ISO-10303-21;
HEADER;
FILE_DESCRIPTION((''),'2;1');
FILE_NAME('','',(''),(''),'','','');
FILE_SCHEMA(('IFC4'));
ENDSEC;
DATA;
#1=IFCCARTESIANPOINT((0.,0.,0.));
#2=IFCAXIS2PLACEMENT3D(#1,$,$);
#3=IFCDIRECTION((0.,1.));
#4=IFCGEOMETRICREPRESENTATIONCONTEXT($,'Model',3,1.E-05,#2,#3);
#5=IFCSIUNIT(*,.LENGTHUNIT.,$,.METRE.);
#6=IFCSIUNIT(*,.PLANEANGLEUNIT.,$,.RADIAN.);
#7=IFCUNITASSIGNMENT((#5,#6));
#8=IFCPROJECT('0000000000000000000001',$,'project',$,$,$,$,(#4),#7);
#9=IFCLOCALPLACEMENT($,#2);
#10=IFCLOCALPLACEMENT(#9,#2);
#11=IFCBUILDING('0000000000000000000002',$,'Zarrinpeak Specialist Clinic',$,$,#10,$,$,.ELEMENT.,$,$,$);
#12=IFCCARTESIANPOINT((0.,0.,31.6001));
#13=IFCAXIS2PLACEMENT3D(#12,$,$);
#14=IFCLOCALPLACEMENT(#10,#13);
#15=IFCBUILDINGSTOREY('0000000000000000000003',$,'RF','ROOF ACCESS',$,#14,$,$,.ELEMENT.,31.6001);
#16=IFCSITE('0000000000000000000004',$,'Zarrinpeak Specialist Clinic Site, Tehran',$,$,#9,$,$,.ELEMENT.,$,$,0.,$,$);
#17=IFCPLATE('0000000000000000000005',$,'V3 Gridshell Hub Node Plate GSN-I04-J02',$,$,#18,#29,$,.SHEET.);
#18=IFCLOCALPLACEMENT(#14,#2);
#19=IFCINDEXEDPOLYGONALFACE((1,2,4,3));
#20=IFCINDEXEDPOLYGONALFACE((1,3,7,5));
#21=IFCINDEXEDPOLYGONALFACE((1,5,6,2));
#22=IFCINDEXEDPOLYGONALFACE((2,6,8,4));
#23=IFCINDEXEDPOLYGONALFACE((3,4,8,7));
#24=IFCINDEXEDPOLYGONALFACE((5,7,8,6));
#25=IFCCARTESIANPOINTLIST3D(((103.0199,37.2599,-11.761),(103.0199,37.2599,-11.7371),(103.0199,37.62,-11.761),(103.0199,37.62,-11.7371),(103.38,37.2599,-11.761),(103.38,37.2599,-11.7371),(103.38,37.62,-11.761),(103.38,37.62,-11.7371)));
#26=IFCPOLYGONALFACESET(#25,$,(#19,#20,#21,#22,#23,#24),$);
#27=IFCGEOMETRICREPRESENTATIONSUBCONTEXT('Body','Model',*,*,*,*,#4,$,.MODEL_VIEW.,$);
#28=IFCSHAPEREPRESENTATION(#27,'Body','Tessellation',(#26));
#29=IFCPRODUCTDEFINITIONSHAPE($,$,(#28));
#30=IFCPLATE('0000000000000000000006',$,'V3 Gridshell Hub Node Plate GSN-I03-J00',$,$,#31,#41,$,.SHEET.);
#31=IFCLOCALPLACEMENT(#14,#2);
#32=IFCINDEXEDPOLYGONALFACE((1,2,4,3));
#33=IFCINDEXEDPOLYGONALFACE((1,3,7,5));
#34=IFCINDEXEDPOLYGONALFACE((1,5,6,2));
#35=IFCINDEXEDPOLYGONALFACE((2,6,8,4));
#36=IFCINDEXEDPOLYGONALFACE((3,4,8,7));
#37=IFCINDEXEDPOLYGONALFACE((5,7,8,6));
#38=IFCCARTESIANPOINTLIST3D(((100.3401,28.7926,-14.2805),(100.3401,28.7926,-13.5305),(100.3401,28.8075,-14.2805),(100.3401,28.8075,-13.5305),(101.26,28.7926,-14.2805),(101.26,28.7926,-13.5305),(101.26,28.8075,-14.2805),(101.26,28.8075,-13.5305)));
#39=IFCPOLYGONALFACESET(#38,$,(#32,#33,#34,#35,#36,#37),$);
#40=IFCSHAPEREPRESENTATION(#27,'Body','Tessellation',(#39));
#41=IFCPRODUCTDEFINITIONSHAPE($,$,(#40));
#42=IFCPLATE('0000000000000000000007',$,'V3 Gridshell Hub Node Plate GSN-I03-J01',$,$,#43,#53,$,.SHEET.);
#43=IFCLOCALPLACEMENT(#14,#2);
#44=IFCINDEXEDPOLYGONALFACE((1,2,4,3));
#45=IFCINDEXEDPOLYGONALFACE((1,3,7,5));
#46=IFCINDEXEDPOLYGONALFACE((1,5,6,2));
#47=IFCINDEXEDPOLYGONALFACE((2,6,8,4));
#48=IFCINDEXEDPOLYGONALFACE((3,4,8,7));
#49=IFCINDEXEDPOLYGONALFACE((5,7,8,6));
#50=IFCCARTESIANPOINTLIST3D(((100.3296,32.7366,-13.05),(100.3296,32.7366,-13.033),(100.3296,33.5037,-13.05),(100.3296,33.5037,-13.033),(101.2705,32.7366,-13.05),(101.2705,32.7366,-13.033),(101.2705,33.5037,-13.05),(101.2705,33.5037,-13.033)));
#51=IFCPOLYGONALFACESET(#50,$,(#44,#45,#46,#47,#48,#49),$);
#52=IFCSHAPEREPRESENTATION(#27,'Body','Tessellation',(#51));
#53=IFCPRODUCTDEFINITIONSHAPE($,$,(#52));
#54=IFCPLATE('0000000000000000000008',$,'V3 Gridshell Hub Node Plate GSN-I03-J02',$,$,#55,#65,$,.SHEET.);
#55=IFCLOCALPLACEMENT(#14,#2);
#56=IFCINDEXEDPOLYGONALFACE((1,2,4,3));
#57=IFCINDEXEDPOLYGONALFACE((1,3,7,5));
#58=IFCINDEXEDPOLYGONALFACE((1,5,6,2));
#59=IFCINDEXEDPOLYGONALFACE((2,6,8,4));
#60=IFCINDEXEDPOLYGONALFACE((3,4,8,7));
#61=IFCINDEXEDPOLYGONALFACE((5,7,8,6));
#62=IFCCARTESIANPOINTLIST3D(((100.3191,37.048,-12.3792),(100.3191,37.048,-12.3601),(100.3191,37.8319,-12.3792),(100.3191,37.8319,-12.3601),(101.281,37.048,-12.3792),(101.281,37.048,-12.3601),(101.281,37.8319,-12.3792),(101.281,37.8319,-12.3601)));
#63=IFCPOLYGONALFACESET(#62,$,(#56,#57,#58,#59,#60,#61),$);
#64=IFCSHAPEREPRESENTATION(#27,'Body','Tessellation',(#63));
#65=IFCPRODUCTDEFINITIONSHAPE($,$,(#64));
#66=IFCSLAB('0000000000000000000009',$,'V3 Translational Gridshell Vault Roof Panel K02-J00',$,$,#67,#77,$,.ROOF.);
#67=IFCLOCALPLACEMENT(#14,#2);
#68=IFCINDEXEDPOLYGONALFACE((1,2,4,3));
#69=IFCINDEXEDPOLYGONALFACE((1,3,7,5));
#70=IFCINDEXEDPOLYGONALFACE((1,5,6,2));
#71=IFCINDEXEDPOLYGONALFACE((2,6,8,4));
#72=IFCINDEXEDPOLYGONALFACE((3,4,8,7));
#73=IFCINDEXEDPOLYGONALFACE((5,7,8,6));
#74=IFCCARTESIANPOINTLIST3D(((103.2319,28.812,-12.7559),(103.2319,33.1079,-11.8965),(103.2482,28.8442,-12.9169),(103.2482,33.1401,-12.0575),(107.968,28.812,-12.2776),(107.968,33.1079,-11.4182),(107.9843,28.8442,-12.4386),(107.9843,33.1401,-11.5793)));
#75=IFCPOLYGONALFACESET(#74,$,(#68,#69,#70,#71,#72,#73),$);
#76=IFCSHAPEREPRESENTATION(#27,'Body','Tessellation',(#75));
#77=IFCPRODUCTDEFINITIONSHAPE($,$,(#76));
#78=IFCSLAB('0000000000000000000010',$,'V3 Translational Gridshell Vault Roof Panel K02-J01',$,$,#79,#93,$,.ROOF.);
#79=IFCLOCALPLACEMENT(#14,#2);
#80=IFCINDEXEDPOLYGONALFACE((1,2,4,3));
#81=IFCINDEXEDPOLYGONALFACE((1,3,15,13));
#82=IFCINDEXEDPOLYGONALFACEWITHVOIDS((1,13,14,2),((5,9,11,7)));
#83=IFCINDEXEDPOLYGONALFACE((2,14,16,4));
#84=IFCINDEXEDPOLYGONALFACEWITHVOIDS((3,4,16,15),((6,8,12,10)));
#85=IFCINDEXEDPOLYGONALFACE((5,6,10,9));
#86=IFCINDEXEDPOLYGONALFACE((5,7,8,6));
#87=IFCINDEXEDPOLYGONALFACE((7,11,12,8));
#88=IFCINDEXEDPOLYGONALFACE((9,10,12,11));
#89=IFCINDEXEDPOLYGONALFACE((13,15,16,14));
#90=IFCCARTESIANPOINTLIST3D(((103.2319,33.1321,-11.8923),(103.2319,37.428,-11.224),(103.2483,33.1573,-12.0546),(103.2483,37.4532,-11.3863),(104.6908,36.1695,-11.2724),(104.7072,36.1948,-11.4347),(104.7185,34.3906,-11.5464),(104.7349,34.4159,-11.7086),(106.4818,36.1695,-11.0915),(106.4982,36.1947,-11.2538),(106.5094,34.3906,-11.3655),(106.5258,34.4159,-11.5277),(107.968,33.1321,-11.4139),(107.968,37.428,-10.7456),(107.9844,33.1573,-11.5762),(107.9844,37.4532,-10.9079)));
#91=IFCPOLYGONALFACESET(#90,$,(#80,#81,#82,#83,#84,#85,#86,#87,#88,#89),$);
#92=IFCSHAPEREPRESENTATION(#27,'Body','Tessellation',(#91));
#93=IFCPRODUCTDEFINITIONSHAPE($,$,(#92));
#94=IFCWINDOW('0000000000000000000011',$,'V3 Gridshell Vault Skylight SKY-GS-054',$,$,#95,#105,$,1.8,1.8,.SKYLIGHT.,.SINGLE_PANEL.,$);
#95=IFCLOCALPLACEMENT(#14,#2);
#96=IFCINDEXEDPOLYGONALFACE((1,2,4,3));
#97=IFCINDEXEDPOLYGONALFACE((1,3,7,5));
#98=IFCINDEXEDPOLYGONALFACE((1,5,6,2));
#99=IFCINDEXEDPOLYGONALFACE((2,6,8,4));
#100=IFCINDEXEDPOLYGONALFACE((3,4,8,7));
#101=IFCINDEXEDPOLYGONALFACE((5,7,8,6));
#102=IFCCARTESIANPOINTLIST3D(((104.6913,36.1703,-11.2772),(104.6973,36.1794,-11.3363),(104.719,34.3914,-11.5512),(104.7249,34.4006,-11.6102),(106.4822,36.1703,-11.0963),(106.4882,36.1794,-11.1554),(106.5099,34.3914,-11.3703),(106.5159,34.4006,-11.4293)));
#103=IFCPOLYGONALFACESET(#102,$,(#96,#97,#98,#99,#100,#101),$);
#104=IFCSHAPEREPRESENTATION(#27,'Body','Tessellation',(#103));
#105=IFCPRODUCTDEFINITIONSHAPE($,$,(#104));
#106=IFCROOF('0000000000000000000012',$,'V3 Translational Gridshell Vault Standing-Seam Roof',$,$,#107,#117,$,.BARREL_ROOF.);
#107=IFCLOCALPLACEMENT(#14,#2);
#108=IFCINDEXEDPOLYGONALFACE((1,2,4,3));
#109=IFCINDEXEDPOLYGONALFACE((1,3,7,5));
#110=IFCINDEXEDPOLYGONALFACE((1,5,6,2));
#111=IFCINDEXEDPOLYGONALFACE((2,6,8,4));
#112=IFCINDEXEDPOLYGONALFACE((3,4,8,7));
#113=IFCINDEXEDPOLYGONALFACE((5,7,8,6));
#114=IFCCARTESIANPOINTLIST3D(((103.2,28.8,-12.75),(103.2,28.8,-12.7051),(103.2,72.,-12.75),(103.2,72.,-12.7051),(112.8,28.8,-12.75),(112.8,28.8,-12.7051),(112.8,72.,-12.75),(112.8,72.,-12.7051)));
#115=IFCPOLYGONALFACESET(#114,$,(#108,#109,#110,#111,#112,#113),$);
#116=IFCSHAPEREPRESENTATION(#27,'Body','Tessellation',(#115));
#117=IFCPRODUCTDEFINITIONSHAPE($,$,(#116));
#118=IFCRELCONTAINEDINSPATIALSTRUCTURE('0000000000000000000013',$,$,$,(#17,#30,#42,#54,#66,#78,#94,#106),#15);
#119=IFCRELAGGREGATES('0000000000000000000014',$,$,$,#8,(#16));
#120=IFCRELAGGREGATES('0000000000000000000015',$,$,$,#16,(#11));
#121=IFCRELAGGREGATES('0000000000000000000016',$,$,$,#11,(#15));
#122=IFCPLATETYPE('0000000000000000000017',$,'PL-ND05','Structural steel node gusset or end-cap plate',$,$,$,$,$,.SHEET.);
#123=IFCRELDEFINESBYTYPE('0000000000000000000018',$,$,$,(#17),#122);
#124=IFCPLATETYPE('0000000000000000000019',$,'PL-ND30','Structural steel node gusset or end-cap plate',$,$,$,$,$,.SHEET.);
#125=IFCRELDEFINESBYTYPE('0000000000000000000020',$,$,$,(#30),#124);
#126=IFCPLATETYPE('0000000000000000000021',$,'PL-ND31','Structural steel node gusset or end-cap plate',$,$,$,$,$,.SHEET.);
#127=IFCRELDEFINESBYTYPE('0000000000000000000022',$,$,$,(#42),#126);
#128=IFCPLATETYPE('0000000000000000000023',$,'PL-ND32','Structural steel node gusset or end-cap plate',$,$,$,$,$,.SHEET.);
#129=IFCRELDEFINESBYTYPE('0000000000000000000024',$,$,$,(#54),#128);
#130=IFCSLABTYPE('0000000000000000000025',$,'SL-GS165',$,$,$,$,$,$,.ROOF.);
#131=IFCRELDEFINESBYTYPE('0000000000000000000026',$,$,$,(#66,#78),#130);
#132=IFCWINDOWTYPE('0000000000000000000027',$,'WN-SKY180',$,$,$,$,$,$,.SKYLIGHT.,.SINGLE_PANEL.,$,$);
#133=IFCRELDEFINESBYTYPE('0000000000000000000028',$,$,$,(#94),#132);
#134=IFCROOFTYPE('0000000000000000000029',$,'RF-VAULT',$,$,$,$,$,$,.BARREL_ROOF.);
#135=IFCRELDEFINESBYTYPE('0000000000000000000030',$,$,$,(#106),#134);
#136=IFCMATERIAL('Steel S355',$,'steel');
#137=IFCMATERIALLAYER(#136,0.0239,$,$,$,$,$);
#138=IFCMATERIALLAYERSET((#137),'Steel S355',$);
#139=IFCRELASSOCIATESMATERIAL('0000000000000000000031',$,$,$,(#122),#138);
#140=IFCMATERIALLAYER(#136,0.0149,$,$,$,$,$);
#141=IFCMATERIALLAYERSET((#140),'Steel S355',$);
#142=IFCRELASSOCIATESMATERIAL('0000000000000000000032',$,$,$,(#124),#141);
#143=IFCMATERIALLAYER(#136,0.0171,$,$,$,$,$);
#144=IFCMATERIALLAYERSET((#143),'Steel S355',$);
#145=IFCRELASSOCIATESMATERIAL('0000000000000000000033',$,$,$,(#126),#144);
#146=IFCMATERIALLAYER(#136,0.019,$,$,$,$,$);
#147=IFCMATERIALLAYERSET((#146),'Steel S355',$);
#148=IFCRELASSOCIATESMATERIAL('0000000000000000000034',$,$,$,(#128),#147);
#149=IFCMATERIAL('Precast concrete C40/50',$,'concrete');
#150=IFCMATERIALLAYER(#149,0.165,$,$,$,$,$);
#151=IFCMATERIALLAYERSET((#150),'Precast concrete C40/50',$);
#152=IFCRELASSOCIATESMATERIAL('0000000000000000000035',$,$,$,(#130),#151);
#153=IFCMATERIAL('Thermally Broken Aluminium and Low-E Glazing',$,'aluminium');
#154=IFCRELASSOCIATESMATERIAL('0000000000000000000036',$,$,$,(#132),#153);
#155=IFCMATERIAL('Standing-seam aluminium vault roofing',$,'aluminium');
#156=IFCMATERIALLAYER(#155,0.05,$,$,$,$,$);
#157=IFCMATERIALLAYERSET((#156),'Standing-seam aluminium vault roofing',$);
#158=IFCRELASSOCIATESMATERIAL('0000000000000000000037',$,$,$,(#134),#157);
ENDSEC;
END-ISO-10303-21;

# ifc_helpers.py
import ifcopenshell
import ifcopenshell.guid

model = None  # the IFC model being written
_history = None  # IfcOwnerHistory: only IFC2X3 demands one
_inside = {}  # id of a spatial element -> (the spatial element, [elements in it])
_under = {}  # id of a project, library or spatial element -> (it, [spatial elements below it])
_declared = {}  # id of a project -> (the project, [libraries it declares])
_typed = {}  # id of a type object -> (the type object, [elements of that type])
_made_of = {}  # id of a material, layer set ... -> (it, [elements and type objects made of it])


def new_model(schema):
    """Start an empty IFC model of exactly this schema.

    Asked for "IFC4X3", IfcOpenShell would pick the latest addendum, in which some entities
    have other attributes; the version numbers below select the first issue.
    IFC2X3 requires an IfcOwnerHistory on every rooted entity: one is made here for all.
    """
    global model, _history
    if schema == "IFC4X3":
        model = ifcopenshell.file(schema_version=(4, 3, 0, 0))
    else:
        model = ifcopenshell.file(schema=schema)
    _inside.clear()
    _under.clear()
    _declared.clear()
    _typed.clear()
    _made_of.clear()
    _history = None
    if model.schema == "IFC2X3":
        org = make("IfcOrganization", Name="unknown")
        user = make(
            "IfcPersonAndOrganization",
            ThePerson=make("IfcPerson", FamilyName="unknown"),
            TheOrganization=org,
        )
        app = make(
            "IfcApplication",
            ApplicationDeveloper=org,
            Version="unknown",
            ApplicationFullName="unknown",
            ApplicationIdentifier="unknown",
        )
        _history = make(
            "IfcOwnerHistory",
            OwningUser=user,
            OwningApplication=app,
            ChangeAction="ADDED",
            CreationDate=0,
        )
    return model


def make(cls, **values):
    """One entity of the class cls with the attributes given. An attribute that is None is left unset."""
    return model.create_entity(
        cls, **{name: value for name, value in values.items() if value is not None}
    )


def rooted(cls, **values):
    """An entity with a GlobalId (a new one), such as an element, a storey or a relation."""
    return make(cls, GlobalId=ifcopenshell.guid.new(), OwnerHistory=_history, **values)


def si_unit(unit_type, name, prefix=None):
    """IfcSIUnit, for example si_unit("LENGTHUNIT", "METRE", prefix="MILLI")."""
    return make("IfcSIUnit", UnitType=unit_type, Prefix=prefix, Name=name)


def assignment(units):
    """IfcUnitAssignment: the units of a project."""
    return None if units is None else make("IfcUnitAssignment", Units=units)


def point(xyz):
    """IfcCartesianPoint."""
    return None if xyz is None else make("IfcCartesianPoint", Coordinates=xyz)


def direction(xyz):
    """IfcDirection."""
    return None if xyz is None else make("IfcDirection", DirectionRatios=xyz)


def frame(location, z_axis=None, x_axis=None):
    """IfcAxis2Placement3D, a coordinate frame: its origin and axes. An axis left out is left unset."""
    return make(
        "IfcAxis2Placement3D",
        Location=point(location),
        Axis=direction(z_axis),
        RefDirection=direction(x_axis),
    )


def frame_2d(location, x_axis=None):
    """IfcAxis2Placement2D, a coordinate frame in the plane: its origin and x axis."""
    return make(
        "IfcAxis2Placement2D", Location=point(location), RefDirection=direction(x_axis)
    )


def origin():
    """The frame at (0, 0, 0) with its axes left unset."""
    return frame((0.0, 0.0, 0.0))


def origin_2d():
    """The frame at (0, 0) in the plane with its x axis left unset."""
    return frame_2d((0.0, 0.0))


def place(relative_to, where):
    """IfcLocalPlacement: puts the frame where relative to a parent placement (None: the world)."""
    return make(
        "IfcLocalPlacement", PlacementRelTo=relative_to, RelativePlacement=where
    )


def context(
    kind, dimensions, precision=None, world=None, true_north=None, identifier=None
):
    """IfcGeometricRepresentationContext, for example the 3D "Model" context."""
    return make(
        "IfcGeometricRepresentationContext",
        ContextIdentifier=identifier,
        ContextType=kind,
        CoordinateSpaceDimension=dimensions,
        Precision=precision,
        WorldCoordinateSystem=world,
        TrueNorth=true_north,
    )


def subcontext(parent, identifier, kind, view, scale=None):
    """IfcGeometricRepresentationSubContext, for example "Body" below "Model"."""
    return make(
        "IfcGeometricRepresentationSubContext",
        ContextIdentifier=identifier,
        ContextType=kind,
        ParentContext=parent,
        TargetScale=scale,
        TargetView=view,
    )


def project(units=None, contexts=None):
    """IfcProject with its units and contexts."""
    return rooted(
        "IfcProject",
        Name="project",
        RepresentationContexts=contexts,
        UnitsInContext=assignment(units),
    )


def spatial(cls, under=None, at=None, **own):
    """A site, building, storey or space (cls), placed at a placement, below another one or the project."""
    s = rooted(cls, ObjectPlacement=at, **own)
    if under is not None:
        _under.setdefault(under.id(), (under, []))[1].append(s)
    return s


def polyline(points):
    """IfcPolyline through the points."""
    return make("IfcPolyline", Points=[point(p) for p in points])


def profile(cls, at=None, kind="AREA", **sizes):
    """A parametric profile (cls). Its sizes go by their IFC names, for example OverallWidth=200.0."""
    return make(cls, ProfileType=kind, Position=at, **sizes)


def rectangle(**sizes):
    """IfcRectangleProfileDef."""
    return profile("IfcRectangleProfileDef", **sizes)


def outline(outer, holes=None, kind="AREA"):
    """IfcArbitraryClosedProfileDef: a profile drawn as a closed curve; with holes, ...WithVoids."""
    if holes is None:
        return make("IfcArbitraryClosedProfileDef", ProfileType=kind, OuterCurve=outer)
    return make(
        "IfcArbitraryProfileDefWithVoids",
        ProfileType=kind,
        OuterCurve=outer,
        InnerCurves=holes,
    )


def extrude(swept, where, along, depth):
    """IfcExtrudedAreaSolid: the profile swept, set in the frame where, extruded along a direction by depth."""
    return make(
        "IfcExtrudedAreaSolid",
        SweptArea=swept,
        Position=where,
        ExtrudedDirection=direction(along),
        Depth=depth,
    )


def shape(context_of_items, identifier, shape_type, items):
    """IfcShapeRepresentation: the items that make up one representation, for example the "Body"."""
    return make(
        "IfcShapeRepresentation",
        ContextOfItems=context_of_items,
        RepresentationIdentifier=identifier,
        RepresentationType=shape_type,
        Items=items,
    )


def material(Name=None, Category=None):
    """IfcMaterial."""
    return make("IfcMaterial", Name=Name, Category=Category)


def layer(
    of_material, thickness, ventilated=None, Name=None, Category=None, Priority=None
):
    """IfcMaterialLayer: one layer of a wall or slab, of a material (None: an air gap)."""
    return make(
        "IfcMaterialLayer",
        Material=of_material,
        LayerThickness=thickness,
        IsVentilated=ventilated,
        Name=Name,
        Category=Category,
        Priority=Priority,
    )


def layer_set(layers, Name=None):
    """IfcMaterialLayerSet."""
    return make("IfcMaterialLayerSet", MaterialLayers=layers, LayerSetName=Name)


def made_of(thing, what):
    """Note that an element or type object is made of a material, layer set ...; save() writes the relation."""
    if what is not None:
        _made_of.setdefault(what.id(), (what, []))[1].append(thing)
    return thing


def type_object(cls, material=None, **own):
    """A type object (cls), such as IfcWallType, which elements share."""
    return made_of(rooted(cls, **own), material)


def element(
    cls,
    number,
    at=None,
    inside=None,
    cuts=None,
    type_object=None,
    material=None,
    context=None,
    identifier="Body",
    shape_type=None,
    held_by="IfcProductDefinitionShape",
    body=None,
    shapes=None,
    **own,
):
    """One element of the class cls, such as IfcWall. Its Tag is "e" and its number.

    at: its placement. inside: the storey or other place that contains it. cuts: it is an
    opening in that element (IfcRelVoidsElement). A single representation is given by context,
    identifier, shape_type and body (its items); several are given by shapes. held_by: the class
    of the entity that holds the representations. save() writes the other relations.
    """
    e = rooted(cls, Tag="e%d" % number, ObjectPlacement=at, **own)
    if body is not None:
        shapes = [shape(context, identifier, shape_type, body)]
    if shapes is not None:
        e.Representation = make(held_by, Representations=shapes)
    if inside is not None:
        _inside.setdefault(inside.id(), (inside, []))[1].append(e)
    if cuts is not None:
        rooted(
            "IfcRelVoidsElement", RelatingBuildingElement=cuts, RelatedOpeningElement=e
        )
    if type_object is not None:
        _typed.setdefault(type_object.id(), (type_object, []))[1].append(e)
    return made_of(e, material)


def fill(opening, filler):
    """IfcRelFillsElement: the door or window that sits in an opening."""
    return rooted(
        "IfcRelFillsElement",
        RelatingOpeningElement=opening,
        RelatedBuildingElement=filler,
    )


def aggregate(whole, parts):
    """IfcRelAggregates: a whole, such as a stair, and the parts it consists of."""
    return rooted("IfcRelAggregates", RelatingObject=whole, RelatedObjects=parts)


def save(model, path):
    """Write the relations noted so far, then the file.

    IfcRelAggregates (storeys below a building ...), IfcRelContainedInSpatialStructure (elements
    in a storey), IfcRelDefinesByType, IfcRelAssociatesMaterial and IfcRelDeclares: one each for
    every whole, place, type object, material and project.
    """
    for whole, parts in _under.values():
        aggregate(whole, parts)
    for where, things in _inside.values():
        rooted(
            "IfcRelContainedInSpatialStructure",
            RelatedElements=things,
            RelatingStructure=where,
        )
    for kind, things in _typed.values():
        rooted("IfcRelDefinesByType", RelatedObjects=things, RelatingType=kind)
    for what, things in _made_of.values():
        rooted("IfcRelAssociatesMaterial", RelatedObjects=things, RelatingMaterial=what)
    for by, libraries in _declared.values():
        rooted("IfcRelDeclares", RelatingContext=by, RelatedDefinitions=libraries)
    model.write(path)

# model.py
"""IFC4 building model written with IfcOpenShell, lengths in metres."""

from ifc_helpers import new_model, si_unit, direction, frame, origin, origin_2d, place, context, subcontext, project, spatial, polyline, rectangle, outline, extrude, material, layer, layer_set, type_object, element, fill, save


model = new_model("IFC4")

# Units and contexts
model_context = context("Model", 3, precision=1e-05, world=origin(), true_north=direction((0.0, 1.0)))
body_context = subcontext(model_context, "Body", "Model", "MODEL_VIEW")
ifc_project = project(units=[si_unit("LENGTHUNIT", "METRE"), si_unit("PLANEANGLEUNIT", "RADIAN")], contexts=[model_context])

# Site, building, storey
site_placement = place(None, origin())
site = spatial("IfcSite", under=ifc_project, at=site_placement, Name="Zarrinpeak Specialist Clinic Site, Tehran", CompositionType="ELEMENT", RefElevation=0.0)
building_placement = place(site_placement, origin())
building = spatial("IfcBuilding", under=site, at=building_placement, Name="Zarrinpeak Specialist Clinic", CompositionType="ELEMENT")
storey_placement = place(building_placement, frame((0.0, 0.0, 31.6001)))
storey = spatial("IfcBuildingStorey", under=building, at=storey_placement, Name="RF", Description="ROOF ACCESS", CompositionType="ELEMENT", Elevation=31.6001)

# Shared definitions
ifc_material_1 = material(Name="Steel S355", Category="steel")

# Plates
ifc_layer_1 = layer(ifc_material_1, 0.0239)
ifc_layer_set_1 = layer_set([ifc_layer_1], Name="Steel S355")
plate_type_1 = type_object("IfcPlateType", Name="PL-ND05", Description="Structural steel node gusset or end-cap plate", PredefinedType="SHEET", material=ifc_layer_set_1)
plate_1_placement = place(storey_placement, frame((103.2, 37.4399, -11.761), z_axis=(0.0, 0.0, 1.0), x_axis=(1.0, 0.0, 0.0)))
element("IfcPlate", 1, at=plate_1_placement, inside=storey, type_object=plate_type_1, Name="V3 Gridshell Hub Node Plate GSN-I04-J02", PredefinedType="SHEET", context=body_context, shape_type="SweptSolid", body=[
    extrude(rectangle(XDim=0.3601, YDim=0.3601, at=origin_2d()), origin(), (0.0, 0.0, 1.0), 0.0239),
])
ifc_layer_2 = layer(ifc_material_1, 0.0149)
ifc_layer_set_2 = layer_set([ifc_layer_2], Name="Steel S355")
plate_type_2 = type_object("IfcPlateType", Name="PL-ND30", Description="Structural steel node gusset or end-cap plate", PredefinedType="SHEET", material=ifc_layer_set_2)
plate_2_placement = place(storey_placement, frame((100.8, 28.8, -14.2805), z_axis=(0.0, 0.0, 1.0), x_axis=(1.0, 0.0, 0.0)))
element("IfcPlate", 2, at=plate_2_placement, inside=storey, type_object=plate_type_2, Name="V3 Gridshell Hub Node Plate GSN-I03-J00", PredefinedType="SHEET", context=body_context, shape_type="SweptSolid", body=[
    extrude(rectangle(XDim=0.9199, YDim=0.0149, at=origin_2d()), origin(), (0.0, 0.0, 1.0), 0.75),
])
ifc_layer_3 = layer(ifc_material_1, 0.0171)
ifc_layer_set_3 = layer_set([ifc_layer_3], Name="Steel S355")
plate_type_3 = type_object("IfcPlateType", Name="PL-ND31", Description="Structural steel node gusset or end-cap plate", PredefinedType="SHEET", material=ifc_layer_set_3)
plate_3_placement = place(storey_placement, frame((100.8, 33.1201, -13.05), z_axis=(0.0, 0.0, 1.0), x_axis=(1.0, 0.0, 0.0)))
element("IfcPlate", 3, at=plate_3_placement, inside=storey, type_object=plate_type_3, Name="V3 Gridshell Hub Node Plate GSN-I03-J01", PredefinedType="SHEET", context=body_context, shape_type="SweptSolid", body=[
    extrude(rectangle(XDim=0.9409, YDim=0.7671, at=origin_2d()), origin(), (0.0, 0.0, 1.0), 0.0171),
])
ifc_layer_4 = layer(ifc_material_1, 0.019)
ifc_layer_set_4 = layer_set([ifc_layer_4], Name="Steel S355")
plate_type_4 = type_object("IfcPlateType", Name="PL-ND32", Description="Structural steel node gusset or end-cap plate", PredefinedType="SHEET", material=ifc_layer_set_4)
plate_4_placement = place(storey_placement, frame((100.8, 37.4399, -12.3792), z_axis=(0.0, 0.0, 1.0), x_axis=(1.0, 0.0, 0.0)))
element("IfcPlate", 4, at=plate_4_placement, inside=storey, type_object=plate_type_4, Name="V3 Gridshell Hub Node Plate GSN-I03-J02", PredefinedType="SHEET", context=body_context, shape_type="SweptSolid", body=[
    extrude(rectangle(XDim=0.9619, YDim=0.7839, at=origin_2d()), origin(), (0.0, 0.0, 1.0), 0.019),
])

# Slab
ifc_material_2 = material(Name="Precast concrete C40/50", Category="concrete")
ifc_layer_5 = layer(ifc_material_2, 0.165)
ifc_layer_set_5 = layer_set([ifc_layer_5], Name="Precast concrete C40/50")
slab_type = type_object("IfcSlabType", Name="SL-GS165", PredefinedType="ROOF", material=ifc_layer_set_5)
slab_1_placement = place(storey_placement, frame((103.2319, 28.812, -12.7559), z_axis=(-0.098541, -0.195204, 0.9758), x_axis=(0.99494, 0.0, 0.100474)))
element("IfcSlab", 5, at=slab_1_placement, inside=storey, type_object=slab_type, Name="V3 Translational Gridshell Vault Roof Panel K02-J00", PredefinedType="ROOF", context=body_context, shape_type="SweptSolid", body=[
    extrude(outline(polyline([(0.0, 0.0), (4.7602, 0.0), (4.8465, 4.3802), (0.0863, 4.3802), (0.0, 0.0)])), origin(), (0.0, 0.0, -1.0), 0.165),
])

# Slab, opening, window
slab_2_placement = place(storey_placement, frame((103.2319, 33.1321, -11.8923), z_axis=(-0.099316, -0.152966, 0.983228), x_axis=(0.994937, -0.000004, 0.100498)))
slab_2 = element("IfcSlab", 6, at=slab_2_placement, inside=storey, type_object=slab_type, Name="V3 Translational Gridshell Vault Roof Panel K02-J01", PredefinedType="ROOF", context=body_context, shape_type="SweptSolid", body=[
    extrude(outline(polyline([(0.0, 0.0), (4.7602, 0.0), (4.8273, 4.3471), (0.0671, 4.347), (0.0, 0.0)])), origin(), (0.0, 0.0, -1.0), 0.165),
])
opening_placement = place(slab_2_placement, frame((2.4138, 2.1736, 0.0)))
opening = element("IfcOpeningElement", 7, at=opening_placement, cuts=slab_2, PredefinedType="OPENING", context=body_context, shape_type="SweptSolid", body=[
    extrude(rectangle(XDim=1.8, YDim=1.8, at=origin_2d()), frame((0.0, 0.0, 0.01), z_axis=(0.0, 0.0, 1.0), x_axis=(1.0, 0.0, 0.0)), (0.0, 0.0, -1.0), 0.1851),
])
ifc_material_3 = material(Name="Thermally Broken Aluminium and Low-E Glazing", Category="aluminium")
window_type = type_object("IfcWindowType", Name="WN-SKY180", PartitioningType="SINGLE_PANEL", PredefinedType="SKYLIGHT", material=ifc_material_3)
window_placement = place(opening_placement, frame((0.0, 0.0, -0.0049)))
window = element("IfcWindow", 8, at=window_placement, inside=storey, type_object=window_type, Name="V3 Gridshell Vault Skylight SKY-GS-054", OverallHeight=1.8, OverallWidth=1.8, PartitioningType="SINGLE_PANEL", PredefinedType="SKYLIGHT", context=body_context, shape_type="SweptSolid", body=[
    extrude(rectangle(XDim=1.8, YDim=1.8, at=origin_2d()), origin(), (0.0, 0.0, -1.0), 0.0601),
])
fill(opening, window)

# Roof
ifc_material_4 = material(Name="Standing-seam aluminium vault roofing", Category="aluminium")
ifc_layer_6 = layer(ifc_material_4, 0.05)
ifc_layer_set_6 = layer_set([ifc_layer_6], Name="Standing-seam aluminium vault roofing")
roof_type = type_object("IfcRoofType", Name="RF-VAULT", PredefinedType="BARREL_ROOF", material=ifc_layer_set_6)
roof_placement = place(storey_placement, frame((103.2, 28.8, -12.7051), z_axis=(0.0, 0.0, 1.0), x_axis=(1.0, 0.0, 0.0)))
element("IfcRoof", 9, at=roof_placement, inside=storey, type_object=roof_type, Name="V3 Translational Gridshell Vault Standing-Seam Roof", PredefinedType="BARREL_ROOF", context=body_context, shape_type="SweptSolid", body=[
    extrude(outline(polyline([(0.0, 0.0), (9.6001, 0.0), (9.6001, 43.2), (0.0, 43.2), (0.0, 0.0)])), origin(), (0.0, 0.0, -1.0), 0.0449),
])

save(model, "model.ifc")
